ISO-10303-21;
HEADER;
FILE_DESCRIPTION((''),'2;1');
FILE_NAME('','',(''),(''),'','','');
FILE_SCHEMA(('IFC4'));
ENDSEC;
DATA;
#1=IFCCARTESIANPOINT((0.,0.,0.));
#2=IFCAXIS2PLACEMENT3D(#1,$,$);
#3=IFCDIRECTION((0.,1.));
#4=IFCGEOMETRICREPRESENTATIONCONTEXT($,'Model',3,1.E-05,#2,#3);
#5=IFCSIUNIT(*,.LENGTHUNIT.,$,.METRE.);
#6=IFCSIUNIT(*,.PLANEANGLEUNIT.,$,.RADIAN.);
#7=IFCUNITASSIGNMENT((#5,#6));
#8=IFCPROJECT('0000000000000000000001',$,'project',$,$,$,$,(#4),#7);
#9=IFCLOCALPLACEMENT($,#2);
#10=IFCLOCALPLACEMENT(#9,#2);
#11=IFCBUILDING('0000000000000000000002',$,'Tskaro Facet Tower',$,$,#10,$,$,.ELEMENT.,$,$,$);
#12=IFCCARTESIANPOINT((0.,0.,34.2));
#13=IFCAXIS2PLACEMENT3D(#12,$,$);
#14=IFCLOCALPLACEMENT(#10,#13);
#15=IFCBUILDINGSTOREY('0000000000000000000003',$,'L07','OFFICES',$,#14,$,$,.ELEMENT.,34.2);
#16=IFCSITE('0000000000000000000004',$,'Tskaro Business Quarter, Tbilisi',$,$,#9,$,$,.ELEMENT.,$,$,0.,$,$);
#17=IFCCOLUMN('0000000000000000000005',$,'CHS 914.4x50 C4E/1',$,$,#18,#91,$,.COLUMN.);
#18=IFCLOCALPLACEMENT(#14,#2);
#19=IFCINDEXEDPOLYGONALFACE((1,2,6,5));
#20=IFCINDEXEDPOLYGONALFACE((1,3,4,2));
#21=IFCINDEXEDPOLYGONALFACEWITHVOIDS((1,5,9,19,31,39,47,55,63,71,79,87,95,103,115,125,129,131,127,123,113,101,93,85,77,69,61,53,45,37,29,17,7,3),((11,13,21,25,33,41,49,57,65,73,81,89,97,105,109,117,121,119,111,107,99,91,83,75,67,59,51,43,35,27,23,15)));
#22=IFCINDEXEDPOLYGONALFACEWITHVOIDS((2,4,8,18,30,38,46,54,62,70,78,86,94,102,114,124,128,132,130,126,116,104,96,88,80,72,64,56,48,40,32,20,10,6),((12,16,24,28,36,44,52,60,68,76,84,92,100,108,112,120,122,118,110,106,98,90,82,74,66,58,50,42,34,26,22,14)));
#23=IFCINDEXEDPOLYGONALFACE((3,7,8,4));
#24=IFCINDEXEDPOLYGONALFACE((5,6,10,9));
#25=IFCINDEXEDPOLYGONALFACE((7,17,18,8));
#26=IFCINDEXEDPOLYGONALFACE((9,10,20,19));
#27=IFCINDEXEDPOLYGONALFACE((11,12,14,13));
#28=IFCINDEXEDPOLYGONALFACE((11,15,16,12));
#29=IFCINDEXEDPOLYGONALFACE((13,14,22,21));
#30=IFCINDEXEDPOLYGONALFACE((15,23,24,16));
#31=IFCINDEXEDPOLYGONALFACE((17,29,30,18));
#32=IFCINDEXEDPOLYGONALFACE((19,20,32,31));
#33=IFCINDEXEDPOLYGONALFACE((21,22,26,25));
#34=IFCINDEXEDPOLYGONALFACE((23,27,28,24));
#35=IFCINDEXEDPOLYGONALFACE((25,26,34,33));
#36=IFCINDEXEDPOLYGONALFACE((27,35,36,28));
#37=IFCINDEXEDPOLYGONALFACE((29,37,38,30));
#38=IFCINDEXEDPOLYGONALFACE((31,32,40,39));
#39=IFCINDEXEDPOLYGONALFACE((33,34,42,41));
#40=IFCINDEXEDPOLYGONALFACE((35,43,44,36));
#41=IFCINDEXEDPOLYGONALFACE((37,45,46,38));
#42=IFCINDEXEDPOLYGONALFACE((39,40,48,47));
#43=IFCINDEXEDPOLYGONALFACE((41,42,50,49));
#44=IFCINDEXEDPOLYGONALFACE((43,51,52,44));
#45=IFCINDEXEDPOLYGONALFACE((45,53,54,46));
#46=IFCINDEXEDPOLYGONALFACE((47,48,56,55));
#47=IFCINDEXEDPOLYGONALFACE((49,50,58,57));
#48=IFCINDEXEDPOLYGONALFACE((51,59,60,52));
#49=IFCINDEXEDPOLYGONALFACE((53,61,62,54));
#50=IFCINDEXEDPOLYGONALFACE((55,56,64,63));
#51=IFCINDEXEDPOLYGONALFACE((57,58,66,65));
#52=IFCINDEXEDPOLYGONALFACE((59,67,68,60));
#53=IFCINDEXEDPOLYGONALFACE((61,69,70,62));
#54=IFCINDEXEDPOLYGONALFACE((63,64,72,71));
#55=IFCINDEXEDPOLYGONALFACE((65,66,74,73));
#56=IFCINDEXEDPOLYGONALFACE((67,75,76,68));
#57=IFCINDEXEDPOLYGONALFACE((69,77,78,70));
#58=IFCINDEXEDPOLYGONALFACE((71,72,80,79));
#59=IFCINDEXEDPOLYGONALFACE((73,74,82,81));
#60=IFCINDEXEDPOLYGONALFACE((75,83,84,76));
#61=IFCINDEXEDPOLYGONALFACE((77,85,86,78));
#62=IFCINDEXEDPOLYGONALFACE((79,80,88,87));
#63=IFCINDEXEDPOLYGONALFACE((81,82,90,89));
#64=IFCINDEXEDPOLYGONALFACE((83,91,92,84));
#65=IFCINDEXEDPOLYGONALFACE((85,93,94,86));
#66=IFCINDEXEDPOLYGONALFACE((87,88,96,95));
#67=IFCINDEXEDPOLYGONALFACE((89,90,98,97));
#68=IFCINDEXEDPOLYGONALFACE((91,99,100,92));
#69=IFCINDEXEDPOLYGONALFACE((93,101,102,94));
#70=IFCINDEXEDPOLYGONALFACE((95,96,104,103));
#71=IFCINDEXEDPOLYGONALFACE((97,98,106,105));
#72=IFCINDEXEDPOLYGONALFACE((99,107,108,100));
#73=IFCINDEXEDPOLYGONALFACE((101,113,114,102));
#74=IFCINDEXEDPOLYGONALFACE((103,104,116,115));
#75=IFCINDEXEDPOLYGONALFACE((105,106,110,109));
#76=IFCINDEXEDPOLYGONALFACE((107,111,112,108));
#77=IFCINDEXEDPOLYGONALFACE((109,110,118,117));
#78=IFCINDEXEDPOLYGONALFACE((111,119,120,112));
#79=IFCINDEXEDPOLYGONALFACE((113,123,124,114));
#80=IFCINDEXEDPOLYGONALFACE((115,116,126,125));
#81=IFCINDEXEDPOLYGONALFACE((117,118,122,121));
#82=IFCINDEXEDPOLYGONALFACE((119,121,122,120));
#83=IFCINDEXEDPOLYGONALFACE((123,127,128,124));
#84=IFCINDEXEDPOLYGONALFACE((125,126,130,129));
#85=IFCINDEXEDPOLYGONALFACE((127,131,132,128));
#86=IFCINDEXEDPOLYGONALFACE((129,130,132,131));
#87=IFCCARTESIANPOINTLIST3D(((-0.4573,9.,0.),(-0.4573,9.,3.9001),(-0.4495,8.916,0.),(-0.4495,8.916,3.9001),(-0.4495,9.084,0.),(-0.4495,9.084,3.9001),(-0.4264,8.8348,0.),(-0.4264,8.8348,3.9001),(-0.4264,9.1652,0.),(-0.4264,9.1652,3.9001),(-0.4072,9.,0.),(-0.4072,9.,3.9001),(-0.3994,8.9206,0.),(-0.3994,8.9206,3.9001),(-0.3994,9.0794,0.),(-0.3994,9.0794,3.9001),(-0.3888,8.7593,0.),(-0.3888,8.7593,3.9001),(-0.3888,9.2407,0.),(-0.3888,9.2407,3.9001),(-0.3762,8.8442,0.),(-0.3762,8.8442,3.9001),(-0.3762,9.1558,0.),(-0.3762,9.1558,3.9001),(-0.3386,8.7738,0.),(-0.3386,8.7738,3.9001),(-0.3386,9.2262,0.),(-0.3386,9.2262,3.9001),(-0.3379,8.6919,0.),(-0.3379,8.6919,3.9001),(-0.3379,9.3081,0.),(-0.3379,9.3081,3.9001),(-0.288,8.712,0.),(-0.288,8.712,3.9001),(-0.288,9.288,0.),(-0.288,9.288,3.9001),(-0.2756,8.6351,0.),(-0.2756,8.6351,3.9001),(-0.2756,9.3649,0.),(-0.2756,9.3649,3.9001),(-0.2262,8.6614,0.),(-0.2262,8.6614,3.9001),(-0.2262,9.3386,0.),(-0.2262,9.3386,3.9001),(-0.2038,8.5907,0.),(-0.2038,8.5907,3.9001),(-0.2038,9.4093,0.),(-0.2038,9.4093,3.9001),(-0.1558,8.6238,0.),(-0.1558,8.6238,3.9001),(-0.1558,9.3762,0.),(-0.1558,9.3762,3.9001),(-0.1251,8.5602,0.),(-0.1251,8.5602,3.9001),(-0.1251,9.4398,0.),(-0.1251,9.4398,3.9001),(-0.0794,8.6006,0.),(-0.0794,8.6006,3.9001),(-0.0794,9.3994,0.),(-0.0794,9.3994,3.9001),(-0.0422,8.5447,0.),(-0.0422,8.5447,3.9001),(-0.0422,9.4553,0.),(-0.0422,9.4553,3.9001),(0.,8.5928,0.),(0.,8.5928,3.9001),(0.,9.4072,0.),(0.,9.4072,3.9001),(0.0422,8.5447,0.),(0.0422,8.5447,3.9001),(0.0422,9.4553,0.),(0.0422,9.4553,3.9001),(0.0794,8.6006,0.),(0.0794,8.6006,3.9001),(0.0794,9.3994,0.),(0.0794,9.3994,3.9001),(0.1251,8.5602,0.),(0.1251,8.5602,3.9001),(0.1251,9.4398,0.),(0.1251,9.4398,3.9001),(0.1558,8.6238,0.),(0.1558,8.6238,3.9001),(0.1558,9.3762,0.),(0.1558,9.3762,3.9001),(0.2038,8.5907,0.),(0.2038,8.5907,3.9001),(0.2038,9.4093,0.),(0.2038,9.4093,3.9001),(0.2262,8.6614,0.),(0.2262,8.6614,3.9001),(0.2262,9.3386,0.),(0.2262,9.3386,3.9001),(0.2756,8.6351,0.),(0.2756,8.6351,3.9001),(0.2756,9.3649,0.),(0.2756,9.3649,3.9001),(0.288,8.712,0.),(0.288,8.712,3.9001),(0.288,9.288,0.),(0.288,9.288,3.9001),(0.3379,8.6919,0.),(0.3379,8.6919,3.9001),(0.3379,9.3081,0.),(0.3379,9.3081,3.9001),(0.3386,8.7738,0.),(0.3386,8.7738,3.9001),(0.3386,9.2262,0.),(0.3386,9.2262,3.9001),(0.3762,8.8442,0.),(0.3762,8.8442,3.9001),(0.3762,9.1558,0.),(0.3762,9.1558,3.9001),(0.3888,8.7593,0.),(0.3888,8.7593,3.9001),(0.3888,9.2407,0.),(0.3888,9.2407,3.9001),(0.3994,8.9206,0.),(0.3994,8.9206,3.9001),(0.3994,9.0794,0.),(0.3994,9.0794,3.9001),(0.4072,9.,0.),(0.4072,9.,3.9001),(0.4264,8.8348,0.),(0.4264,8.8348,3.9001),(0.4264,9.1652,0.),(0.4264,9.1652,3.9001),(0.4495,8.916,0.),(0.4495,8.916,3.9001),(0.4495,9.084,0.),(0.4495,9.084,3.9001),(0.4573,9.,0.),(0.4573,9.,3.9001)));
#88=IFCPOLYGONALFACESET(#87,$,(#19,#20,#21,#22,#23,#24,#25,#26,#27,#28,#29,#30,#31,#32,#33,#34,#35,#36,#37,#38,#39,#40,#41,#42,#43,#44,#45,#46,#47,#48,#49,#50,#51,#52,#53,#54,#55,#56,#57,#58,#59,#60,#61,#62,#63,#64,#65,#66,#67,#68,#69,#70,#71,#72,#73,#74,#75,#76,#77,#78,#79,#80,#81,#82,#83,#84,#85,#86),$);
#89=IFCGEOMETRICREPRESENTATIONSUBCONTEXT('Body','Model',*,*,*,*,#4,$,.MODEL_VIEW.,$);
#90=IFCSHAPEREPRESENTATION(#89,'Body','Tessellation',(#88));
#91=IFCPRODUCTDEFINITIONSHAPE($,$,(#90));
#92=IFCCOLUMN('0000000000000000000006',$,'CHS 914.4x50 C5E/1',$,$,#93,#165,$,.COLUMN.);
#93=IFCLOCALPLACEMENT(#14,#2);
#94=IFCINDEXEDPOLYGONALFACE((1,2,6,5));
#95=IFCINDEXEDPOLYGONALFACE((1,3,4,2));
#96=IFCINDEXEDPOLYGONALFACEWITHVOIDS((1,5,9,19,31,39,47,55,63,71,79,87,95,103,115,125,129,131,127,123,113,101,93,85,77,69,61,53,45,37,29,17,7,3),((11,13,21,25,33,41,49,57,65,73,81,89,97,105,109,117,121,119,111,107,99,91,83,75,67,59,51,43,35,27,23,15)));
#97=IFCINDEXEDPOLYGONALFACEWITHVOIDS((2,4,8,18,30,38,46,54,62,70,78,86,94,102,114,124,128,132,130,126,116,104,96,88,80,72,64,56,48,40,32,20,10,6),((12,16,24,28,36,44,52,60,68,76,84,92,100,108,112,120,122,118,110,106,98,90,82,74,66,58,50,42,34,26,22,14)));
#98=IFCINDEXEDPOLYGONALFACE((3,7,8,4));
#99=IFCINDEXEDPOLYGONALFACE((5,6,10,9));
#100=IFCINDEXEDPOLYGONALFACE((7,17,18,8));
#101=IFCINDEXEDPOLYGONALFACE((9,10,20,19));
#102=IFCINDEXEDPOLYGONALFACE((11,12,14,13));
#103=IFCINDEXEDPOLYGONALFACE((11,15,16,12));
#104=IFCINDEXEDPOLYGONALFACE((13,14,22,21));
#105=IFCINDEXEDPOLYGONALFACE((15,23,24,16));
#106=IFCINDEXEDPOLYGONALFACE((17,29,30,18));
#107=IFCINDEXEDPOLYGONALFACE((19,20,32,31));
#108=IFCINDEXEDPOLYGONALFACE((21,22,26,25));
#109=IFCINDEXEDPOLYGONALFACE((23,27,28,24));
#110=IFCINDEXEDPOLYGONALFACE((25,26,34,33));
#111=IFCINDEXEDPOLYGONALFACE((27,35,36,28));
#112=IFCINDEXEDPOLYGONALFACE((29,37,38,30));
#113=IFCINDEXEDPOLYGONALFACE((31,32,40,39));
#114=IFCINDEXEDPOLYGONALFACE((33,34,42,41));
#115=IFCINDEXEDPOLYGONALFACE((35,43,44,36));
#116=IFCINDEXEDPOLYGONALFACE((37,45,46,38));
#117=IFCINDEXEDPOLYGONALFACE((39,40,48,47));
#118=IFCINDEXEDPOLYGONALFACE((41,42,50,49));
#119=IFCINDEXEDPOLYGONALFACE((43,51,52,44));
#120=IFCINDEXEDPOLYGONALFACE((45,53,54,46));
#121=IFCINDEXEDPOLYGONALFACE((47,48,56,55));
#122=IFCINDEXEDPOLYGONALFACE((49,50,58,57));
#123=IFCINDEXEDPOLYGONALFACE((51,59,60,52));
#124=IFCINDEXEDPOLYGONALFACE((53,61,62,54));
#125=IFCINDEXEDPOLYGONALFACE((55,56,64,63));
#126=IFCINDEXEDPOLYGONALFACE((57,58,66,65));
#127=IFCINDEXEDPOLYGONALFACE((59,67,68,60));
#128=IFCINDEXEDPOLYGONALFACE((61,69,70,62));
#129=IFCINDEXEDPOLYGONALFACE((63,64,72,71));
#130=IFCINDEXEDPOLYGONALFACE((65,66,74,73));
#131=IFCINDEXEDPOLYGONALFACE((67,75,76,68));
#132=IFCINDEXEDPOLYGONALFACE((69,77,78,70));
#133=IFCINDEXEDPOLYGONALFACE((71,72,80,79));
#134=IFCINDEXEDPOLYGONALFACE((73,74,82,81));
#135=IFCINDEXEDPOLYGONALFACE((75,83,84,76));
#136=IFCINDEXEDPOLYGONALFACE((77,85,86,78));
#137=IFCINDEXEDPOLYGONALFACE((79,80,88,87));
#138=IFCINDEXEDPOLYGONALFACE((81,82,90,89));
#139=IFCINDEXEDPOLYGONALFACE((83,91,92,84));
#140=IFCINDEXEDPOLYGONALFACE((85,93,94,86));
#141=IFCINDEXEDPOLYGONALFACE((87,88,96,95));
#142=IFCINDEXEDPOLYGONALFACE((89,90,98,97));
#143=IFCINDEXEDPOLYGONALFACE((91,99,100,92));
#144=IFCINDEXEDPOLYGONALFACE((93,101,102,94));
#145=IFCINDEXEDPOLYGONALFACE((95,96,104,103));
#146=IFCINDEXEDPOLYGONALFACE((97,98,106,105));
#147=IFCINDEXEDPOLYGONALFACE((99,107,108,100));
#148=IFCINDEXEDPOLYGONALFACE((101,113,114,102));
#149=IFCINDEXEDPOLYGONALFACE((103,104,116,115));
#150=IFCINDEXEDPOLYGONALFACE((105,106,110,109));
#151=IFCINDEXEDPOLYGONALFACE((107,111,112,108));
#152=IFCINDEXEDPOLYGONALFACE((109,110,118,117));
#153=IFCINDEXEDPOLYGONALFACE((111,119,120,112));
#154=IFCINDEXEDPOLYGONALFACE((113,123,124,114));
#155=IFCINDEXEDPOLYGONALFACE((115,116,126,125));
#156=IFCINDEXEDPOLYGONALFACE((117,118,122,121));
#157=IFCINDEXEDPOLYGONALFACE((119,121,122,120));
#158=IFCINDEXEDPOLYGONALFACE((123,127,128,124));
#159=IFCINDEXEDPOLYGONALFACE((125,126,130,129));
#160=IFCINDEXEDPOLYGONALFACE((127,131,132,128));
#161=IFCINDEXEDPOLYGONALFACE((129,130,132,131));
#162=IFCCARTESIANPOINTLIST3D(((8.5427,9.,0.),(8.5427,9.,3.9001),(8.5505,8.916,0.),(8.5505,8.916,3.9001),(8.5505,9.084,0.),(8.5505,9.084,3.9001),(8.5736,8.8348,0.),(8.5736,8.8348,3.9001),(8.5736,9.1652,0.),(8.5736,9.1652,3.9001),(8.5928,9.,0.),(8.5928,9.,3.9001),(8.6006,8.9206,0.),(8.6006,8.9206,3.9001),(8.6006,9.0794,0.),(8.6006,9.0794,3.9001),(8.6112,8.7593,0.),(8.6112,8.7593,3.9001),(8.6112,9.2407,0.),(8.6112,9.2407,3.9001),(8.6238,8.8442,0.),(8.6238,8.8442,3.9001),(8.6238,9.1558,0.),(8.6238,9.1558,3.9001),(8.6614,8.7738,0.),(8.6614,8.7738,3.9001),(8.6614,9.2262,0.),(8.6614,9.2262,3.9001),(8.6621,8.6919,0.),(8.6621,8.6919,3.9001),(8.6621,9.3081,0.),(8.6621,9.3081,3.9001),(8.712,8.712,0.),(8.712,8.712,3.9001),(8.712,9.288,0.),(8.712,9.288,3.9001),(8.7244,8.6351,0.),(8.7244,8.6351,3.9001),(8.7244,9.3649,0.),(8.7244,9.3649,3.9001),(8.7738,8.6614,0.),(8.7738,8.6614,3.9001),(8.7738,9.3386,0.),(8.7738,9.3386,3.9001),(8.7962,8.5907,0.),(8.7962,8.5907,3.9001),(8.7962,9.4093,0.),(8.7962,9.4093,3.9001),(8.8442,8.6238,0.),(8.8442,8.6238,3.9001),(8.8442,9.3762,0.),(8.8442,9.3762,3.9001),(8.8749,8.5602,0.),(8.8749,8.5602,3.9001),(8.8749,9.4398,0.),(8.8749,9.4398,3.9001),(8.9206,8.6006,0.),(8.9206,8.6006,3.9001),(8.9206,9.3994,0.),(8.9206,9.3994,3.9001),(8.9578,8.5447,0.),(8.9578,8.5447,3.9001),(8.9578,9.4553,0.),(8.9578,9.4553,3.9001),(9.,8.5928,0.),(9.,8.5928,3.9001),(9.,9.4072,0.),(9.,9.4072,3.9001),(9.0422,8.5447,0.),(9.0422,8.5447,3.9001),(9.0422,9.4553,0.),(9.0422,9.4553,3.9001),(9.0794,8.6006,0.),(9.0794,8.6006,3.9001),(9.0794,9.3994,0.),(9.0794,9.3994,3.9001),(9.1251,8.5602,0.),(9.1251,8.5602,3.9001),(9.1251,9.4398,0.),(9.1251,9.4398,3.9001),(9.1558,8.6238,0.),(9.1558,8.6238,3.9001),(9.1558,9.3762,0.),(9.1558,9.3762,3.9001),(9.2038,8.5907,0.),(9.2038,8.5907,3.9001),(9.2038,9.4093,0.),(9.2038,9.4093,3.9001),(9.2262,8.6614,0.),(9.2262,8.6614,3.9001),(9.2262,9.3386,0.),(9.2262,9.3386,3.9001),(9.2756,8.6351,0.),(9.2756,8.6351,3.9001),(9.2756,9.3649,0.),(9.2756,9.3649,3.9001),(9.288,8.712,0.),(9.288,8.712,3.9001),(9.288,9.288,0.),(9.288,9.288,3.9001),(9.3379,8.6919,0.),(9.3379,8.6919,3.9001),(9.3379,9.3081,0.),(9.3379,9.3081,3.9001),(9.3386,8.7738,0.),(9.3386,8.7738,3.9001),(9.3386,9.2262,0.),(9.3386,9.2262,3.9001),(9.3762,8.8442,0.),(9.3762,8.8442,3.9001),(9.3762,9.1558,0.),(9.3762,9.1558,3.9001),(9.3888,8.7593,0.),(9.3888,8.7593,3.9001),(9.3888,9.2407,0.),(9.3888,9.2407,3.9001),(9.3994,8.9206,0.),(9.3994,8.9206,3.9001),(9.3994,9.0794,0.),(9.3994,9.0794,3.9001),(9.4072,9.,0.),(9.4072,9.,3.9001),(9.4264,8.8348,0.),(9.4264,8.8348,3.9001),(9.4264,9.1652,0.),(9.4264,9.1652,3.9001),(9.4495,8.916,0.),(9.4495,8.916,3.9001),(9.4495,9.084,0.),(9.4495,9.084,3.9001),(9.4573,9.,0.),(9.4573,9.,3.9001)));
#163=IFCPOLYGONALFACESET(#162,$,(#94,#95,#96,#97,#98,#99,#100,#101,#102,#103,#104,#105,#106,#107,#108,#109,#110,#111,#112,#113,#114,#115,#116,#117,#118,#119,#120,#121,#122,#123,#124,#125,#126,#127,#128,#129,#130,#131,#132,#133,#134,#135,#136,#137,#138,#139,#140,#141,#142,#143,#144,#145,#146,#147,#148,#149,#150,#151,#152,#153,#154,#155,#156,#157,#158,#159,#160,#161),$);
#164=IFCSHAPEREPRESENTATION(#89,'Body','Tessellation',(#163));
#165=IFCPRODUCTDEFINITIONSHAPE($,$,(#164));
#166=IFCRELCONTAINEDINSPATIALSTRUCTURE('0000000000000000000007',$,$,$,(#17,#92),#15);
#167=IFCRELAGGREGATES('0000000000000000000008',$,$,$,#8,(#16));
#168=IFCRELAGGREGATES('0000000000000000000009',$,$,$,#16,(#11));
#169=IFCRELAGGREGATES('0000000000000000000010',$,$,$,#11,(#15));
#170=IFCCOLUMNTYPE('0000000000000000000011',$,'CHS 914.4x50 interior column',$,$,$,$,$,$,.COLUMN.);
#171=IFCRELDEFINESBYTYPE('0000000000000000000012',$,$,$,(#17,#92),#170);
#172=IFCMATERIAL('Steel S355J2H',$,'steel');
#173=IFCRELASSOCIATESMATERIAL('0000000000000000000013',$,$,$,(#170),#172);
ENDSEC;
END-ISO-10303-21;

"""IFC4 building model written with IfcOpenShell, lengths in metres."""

from ifc_helpers import new_model, si_unit, direction, frame, origin, origin_2d, place, context, subcontext, project, spatial, hollow_circle, extrude, material, material_profile, profile_set, type_object, element, save


model = new_model("IFC4")

# Units and contexts
model_context = context("Model", 3, precision=1e-05, world=origin(), true_north=direction((0.0, 1.0)))
body_context = subcontext(model_context, "Body", "Model", "MODEL_VIEW")
ifc_project = project(units=[si_unit("LENGTHUNIT", "METRE"), si_unit("PLANEANGLEUNIT", "RADIAN")], contexts=[model_context])

# Site, building, storey
site_placement = place(None, origin())
site = spatial("IfcSite", under=ifc_project, at=site_placement, Name="Tskaro Business Quarter, Tbilisi", CompositionType="ELEMENT", RefElevation=0.0)
building_placement = place(site_placement, origin())
building = spatial("IfcBuilding", under=site, at=building_placement, Name="Tskaro Facet Tower", CompositionType="ELEMENT")
storey_placement = place(building_placement, frame((0.0, 0.0, 34.2)))
storey = spatial("IfcBuildingStorey", under=building, at=storey_placement, Name="L07", Description="OFFICES", CompositionType="ELEMENT", Elevation=34.2)

# Columns
ifc_material_1 = material(Name="Steel S355J2H", Category="steel")
ifc_material_profile_1 = material_profile(ifc_material_1, hollow_circle(Radius=0.4573, WallThickness=0.05, at=origin_2d()), Name="CHS 914.4x50")
ifc_profile_set_1 = profile_set([ifc_material_profile_1], Name="Steel S355J2H")
column_type = type_object("IfcColumnType", Name="CHS 914.4x50 interior column", PredefinedType="COLUMN", material=ifc_profile_set_1)
for number, where, z_axis, x_axis, name in (
    (1, (0.0, 9.0, 0.0), (0.0, 0.0, 1.0), (1.0, 0.0, 0.0), "CHS 914.4x50 C4E/1"),
    (2, (9.0, 9.0, 0.0), (0.0, 0.0, 1.0), (1.0, 0.0, 0.0), "CHS 914.4x50 C5E/1"),
):
    element("IfcColumn", number, at=place(storey_placement, frame(where, z_axis=z_axis, x_axis=x_axis)), inside=storey, type_object=column_type, Name=name, PredefinedType="COLUMN", context=body_context, shape_type="SweptSolid", body=[
        extrude(hollow_circle(Radius=0.4573, WallThickness=0.05, at=origin_2d()), origin(), (0.0, 0.0, 1.0), 3.9001),
    ])

save(model, "model.ifc")
